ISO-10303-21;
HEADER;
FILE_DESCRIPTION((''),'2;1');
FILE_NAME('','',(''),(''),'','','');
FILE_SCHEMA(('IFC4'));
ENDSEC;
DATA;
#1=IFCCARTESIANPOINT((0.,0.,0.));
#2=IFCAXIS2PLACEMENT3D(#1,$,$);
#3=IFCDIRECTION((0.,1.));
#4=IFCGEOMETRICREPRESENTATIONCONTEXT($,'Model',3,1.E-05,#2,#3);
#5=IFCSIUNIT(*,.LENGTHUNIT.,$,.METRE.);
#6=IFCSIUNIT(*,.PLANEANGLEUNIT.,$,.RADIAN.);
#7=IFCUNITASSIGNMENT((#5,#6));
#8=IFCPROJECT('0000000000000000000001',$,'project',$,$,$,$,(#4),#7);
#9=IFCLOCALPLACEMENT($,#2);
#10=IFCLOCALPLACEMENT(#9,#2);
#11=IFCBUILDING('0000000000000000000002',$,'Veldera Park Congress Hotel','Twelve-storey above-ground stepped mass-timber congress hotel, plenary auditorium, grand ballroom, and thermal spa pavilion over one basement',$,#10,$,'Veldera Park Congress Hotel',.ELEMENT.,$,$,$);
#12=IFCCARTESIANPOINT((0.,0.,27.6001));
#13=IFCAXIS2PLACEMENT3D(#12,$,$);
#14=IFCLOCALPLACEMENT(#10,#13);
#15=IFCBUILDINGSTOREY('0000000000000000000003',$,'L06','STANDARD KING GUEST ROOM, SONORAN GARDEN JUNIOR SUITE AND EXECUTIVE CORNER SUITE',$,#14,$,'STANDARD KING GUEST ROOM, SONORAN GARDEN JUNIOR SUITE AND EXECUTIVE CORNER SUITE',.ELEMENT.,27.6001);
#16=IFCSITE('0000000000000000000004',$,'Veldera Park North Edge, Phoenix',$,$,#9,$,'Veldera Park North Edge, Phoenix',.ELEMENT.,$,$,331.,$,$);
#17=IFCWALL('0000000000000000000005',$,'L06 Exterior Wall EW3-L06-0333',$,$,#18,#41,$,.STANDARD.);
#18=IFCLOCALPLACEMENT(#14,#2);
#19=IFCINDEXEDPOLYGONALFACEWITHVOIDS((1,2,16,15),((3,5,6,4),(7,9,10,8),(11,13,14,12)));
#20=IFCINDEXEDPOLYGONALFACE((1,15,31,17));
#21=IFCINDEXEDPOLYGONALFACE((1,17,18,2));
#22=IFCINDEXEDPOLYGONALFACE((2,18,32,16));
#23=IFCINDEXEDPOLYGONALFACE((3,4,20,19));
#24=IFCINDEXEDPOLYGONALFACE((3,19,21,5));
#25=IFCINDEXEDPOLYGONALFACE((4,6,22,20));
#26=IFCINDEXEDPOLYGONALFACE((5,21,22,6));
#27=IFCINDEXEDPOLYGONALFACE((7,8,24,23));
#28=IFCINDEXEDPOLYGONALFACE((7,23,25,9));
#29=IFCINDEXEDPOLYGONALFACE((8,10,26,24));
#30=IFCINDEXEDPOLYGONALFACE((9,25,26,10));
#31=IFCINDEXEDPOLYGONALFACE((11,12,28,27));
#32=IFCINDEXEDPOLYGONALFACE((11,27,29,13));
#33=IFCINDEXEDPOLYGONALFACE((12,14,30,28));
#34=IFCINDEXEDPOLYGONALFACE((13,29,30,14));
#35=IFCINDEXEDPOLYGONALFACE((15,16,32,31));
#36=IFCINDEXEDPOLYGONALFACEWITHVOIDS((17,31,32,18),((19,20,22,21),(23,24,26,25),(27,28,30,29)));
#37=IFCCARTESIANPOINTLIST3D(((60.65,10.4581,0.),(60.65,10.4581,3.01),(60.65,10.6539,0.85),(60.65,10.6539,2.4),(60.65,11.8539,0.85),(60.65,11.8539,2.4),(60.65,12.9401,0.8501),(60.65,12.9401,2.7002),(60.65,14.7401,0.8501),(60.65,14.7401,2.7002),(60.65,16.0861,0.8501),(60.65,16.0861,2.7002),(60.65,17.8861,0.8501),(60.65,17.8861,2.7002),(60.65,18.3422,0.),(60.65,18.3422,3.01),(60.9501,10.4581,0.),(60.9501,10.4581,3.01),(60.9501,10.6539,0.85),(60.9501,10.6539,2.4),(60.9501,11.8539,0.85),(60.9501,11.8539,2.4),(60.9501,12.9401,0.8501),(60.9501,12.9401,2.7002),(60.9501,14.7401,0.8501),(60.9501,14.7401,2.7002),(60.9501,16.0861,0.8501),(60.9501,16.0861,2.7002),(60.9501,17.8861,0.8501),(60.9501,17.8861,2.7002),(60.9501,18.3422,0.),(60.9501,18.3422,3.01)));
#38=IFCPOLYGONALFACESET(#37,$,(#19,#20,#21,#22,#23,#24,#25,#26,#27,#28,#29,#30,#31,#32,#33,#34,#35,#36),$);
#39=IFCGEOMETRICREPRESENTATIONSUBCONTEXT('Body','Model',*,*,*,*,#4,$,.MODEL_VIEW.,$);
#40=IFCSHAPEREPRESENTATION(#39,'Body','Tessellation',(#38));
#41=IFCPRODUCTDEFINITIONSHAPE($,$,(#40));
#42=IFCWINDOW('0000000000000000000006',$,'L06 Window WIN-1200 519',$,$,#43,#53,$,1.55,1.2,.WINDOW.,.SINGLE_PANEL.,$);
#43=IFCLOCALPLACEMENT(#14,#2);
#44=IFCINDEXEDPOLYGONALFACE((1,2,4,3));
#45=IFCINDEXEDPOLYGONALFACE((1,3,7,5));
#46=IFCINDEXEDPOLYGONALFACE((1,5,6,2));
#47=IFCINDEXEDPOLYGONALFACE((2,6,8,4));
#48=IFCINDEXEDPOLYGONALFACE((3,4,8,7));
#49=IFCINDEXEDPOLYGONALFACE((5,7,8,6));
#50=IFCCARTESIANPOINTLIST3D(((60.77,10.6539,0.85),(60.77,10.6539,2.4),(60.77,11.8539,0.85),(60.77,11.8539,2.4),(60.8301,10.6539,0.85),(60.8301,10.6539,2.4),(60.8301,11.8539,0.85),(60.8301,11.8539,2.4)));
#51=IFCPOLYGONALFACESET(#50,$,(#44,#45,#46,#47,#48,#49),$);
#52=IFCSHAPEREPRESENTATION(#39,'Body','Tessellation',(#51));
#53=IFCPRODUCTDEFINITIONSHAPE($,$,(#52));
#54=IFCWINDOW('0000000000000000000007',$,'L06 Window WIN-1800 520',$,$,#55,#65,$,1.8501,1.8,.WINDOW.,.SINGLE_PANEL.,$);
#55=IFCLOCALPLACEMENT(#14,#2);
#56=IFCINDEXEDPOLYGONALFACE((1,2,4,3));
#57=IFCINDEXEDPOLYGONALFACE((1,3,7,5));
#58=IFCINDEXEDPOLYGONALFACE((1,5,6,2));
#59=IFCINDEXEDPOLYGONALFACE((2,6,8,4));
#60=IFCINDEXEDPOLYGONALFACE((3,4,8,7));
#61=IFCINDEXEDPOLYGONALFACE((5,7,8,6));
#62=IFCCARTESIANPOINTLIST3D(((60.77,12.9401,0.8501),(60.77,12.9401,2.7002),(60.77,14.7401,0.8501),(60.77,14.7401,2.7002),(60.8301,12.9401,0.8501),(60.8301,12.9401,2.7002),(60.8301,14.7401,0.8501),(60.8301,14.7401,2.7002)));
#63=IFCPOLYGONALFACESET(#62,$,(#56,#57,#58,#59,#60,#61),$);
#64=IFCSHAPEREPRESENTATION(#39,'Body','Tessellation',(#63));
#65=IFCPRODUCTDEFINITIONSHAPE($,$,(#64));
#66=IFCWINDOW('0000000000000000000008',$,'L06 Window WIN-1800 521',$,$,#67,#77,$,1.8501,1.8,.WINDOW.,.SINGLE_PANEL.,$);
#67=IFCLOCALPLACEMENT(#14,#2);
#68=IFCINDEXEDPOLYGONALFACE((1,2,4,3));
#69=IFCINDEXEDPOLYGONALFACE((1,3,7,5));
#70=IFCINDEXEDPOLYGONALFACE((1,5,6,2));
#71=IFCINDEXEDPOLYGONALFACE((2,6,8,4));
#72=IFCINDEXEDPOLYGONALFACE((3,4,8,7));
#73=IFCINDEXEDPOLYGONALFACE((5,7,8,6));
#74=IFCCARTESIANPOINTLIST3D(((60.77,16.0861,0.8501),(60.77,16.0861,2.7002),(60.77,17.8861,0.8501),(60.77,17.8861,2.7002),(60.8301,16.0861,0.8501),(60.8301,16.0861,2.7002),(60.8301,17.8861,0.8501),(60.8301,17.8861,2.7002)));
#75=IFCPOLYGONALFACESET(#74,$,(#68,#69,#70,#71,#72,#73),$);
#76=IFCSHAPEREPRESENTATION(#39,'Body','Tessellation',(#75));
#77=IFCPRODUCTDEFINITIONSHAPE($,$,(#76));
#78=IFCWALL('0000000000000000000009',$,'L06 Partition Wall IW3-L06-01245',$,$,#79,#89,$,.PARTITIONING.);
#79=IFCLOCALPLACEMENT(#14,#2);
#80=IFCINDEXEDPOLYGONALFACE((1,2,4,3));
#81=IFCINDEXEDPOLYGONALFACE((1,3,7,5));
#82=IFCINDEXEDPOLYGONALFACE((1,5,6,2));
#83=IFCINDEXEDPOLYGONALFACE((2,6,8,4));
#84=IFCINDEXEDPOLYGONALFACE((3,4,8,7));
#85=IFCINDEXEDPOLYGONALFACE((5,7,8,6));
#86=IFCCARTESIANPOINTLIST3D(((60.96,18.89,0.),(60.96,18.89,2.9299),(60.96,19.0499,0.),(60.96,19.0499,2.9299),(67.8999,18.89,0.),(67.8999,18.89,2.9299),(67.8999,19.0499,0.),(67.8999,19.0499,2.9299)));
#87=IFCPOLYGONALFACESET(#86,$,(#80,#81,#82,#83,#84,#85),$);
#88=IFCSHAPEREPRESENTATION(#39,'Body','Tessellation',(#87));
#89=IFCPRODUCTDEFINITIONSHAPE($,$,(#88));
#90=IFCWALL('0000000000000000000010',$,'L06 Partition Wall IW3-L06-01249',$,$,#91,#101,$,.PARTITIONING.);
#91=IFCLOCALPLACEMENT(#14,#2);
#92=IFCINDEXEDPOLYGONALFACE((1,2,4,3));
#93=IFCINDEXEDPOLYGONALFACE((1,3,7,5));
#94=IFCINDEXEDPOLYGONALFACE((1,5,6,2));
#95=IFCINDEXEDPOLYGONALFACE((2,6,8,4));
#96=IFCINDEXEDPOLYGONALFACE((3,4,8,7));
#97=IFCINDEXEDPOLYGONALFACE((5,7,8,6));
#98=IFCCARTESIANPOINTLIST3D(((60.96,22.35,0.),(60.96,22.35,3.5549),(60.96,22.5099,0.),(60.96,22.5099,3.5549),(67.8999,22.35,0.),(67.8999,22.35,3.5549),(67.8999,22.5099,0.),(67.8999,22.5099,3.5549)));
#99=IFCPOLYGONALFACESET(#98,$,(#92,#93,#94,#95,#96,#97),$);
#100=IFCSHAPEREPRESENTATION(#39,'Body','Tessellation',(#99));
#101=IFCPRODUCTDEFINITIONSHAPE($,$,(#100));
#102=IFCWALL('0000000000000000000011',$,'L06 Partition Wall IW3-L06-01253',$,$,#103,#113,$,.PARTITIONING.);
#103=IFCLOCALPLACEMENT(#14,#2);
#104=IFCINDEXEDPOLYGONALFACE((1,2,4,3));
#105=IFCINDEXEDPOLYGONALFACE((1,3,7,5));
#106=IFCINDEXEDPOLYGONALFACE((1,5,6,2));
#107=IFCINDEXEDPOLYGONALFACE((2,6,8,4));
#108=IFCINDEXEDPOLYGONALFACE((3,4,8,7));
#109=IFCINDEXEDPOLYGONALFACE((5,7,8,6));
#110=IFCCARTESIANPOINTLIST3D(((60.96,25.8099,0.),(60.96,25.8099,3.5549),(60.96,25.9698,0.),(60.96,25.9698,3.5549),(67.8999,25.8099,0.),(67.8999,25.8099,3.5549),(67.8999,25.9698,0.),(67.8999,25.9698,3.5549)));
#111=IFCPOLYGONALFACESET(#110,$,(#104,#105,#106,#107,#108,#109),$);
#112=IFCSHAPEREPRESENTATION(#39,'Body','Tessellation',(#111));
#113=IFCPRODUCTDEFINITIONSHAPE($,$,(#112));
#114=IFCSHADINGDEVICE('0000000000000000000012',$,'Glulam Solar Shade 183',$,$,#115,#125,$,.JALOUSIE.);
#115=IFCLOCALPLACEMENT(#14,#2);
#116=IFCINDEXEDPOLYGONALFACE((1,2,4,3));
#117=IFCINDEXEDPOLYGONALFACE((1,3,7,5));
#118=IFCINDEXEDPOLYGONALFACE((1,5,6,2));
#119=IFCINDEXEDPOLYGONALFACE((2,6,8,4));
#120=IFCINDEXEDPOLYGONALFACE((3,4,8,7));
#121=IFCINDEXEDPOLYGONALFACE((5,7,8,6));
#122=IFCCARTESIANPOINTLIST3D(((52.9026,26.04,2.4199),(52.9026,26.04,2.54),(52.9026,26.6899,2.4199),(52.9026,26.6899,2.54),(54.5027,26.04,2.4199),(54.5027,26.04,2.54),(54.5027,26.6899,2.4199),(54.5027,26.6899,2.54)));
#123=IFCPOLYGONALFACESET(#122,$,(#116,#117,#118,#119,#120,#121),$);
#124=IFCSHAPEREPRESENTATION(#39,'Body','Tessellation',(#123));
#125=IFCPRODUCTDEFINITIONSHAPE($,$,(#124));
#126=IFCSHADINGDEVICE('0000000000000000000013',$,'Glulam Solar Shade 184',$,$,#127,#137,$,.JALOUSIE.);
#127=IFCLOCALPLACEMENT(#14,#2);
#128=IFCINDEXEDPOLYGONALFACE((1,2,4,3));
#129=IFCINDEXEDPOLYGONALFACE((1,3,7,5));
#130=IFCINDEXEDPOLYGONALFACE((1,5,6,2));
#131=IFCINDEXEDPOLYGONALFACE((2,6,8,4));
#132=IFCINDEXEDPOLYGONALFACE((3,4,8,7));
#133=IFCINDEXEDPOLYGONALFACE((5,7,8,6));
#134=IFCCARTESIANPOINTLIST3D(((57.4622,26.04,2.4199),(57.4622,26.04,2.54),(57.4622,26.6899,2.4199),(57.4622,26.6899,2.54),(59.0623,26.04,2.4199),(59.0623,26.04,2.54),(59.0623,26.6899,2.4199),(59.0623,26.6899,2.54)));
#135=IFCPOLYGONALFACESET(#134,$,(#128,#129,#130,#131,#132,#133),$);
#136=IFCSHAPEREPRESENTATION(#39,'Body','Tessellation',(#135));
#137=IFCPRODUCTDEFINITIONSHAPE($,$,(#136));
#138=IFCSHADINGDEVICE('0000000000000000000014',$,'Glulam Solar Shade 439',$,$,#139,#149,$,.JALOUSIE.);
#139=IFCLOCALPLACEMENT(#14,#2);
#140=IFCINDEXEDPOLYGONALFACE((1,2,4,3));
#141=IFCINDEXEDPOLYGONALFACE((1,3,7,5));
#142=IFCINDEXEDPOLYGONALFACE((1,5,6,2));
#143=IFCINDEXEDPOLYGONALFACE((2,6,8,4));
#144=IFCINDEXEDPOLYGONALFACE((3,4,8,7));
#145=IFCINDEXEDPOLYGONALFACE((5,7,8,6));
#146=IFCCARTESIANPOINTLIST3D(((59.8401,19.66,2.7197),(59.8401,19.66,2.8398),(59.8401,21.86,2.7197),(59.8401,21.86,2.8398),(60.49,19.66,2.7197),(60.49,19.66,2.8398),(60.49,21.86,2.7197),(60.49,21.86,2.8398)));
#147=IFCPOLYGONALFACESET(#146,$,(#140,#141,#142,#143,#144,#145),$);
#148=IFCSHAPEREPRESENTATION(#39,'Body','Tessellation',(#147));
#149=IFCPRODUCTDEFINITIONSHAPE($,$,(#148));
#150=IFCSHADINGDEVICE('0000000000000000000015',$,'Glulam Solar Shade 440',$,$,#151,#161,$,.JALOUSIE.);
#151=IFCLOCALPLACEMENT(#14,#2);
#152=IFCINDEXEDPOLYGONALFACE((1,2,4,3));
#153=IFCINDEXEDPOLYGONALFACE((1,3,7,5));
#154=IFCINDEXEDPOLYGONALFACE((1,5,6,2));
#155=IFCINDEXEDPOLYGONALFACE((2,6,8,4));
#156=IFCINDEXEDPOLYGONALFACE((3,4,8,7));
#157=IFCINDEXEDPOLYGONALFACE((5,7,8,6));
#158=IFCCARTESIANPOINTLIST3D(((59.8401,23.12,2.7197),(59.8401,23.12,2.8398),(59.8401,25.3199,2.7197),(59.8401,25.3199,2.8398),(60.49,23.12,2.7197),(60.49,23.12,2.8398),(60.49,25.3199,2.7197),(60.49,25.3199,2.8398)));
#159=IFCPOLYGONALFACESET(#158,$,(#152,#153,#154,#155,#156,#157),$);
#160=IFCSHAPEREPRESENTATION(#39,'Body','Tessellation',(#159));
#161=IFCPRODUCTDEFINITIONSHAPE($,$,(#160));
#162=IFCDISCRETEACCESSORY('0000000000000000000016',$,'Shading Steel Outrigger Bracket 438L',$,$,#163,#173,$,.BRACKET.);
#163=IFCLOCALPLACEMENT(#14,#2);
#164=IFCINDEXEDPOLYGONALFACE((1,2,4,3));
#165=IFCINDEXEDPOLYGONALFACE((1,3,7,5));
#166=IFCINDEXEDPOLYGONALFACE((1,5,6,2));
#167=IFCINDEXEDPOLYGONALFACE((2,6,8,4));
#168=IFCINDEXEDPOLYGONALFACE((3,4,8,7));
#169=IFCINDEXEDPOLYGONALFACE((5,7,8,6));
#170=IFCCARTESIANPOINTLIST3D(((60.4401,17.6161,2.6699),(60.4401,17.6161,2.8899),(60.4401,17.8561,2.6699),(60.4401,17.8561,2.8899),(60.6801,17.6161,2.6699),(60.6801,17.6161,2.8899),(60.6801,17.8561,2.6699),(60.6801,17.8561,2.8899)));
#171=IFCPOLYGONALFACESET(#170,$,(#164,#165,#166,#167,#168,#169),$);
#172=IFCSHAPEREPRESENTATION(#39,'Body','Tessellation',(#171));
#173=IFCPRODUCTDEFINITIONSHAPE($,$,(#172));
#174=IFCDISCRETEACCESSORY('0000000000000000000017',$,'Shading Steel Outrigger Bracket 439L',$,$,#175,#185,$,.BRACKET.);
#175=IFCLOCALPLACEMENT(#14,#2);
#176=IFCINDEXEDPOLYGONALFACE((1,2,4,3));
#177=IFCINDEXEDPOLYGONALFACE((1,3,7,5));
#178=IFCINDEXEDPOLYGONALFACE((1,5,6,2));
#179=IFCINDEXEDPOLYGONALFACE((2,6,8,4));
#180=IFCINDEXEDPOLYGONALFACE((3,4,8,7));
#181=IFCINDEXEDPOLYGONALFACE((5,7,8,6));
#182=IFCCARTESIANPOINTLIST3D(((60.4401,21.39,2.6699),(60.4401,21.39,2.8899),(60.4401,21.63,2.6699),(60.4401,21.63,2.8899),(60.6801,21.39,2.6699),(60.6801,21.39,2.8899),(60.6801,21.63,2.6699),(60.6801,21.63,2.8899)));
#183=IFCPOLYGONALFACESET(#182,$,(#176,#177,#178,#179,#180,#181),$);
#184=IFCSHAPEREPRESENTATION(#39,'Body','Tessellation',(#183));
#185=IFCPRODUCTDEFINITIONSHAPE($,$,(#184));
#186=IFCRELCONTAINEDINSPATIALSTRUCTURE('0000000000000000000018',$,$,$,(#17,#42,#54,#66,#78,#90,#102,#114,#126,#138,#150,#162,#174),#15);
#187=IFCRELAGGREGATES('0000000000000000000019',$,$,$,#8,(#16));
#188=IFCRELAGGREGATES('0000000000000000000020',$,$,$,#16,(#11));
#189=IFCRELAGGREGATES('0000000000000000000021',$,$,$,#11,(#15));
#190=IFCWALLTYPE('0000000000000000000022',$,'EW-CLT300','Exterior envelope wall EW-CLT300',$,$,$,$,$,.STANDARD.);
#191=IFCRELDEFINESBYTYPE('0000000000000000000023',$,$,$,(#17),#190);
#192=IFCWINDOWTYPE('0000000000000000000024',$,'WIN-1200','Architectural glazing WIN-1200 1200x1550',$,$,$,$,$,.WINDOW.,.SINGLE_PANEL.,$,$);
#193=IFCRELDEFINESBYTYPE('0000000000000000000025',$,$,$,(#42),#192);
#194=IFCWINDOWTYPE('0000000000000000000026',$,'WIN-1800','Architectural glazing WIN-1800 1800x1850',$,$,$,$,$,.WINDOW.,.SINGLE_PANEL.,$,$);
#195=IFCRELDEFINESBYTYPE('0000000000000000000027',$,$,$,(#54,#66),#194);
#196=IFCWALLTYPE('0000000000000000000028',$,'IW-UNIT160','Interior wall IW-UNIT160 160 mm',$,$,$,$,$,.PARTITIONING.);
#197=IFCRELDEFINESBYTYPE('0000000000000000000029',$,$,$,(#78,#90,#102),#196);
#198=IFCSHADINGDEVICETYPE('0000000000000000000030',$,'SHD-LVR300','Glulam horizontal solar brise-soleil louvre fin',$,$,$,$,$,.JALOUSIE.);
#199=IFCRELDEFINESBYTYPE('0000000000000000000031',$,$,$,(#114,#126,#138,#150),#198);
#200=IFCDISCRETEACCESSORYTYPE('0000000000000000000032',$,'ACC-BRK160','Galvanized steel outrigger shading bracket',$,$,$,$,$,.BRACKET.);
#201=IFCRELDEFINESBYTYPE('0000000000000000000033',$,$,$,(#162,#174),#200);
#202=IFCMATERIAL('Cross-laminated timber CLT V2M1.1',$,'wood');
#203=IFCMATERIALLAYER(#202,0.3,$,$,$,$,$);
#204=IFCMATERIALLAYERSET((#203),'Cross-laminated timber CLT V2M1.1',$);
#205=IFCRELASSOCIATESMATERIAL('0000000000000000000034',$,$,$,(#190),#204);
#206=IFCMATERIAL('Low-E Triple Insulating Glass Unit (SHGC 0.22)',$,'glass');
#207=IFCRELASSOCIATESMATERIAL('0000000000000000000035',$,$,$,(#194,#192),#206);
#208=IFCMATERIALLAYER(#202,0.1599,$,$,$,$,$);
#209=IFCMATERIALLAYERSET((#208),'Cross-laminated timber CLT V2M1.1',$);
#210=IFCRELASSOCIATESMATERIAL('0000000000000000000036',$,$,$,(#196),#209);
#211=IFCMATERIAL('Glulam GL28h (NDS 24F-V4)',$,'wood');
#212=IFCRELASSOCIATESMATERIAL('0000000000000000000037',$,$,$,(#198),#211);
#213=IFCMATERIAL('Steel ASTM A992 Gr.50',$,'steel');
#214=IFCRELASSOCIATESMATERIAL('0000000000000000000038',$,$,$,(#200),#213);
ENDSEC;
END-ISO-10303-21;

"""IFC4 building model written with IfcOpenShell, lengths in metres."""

from ifc_helpers import new_model, si_unit, direction, frame, frame_2d, origin, origin_2d, place, context, subcontext, project, spatial, rectangle, extrude, material, layer, layer_set, type_object, element, fill, save


model = new_model("IFC4")

# Units and contexts
model_context = context("Model", 3, precision=1e-05, world=origin(), true_north=direction((0.0, 1.0)))
body_context = subcontext(model_context, "Body", "Model", "MODEL_VIEW")
ifc_project = project(units=[si_unit("LENGTHUNIT", "METRE"), si_unit("PLANEANGLEUNIT", "RADIAN")], contexts=[model_context])

# Site, building, storey
site_placement = place(None, origin())
site = spatial("IfcSite", under=ifc_project, at=site_placement, Name="Veldera Park North Edge, Phoenix", LongName="Veldera Park North Edge, Phoenix", CompositionType="ELEMENT", RefElevation=331.0)
building_placement = place(site_placement, origin())
building = spatial("IfcBuilding", under=site, at=building_placement, Name="Veldera Park Congress Hotel", Description="Twelve-storey above-ground stepped mass-timber congress hotel, plenary auditorium, grand ballroom, and thermal spa pavilion over one basement", LongName="Veldera Park Congress Hotel", CompositionType="ELEMENT")
storey_placement = place(building_placement, frame((0.0, 0.0, 27.6001)))
storey = spatial("IfcBuildingStorey", under=building, at=storey_placement, Name="L06", Description="STANDARD KING GUEST ROOM, SONORAN GARDEN JUNIOR SUITE AND EXECUTIVE CORNER SUITE", LongName="STANDARD KING GUEST ROOM, SONORAN GARDEN JUNIOR SUITE AND EXECUTIVE CORNER SUITE", CompositionType="ELEMENT", Elevation=27.6001)

# Shared definitions
ifc_material_1 = material(Name="Glulam GL28h (NDS 24F-V4)", Category="wood")

# Wall, openings, windows
ifc_material_2 = material(Name="Cross-laminated timber CLT V2M1.1", Category="wood")
ifc_layer_1 = layer(ifc_material_2, 0.3)
ifc_layer_set_1 = layer_set([ifc_layer_1], Name="Cross-laminated timber CLT V2M1.1")
wall_type_1 = type_object("IfcWallType", Name="EW-CLT300", Description="Exterior envelope wall EW-CLT300", PredefinedType="STANDARD", material=ifc_layer_set_1)
ifc_material_3 = material(Name="Low-E Triple Insulating Glass Unit (SHGC 0.22)", Category="glass")
window_type_1 = type_object("IfcWindowType", Name="WIN-1800", Description="Architectural glazing WIN-1800 1800x1850", PartitioningType="SINGLE_PANEL", PredefinedType="WINDOW", material=ifc_material_3)
wall_1_placement = place(storey_placement, frame((60.8, 18.342, 0.0), z_axis=(0.0, 0.0, 1.0), x_axis=(0.0, -1.0, 0.0)))
wall_1 = element("IfcWall", 1, at=wall_1_placement, inside=storey, type_object=wall_type_1, Name="L06 Exterior Wall EW3-L06-0333", PredefinedType="STANDARD", context=body_context, shape_type="SweptSolid", body=[
    extrude(rectangle(XDim=7.884, YDim=0.3, at=frame_2d((3.9419, 0.0))), origin(), (0.0, 0.0, 1.0), 3.01),
])
opening_1_placement = place(wall_1_placement, frame((6.488, 0.0, 0.8501)))
opening_1 = element("IfcOpeningElement", 2, at=opening_1_placement, cuts=wall_1, PredefinedType="OPENING", context=body_context, shape_type="SweptSolid", body=[
    extrude(rectangle(XDim=1.2, YDim=1.55, at=frame_2d((0.6001, 0.7749))), frame((0.0, 0.1621, 0.0), z_axis=(0.0, -1.0, 0.0), x_axis=(1.0, 0.0, 0.0)), (0.0, 0.0, 1.0), 0.324),
])
opening_2_placement = place(wall_1_placement, frame((3.6021, 0.0, 0.8501)))
opening_2 = element("IfcOpeningElement", 3, at=opening_2_placement, cuts=wall_1, PredefinedType="OPENING", context=body_context, shape_type="SweptSolid", body=[
    extrude(rectangle(XDim=1.8, YDim=1.8501, at=frame_2d((0.8999, 0.925))), frame((0.0, 0.1621, 0.0), z_axis=(0.0, -1.0, 0.0), x_axis=(1.0, 0.0, 0.0)), (0.0, 0.0, 1.0), 0.324),
])
opening_3_placement = place(wall_1_placement, frame((0.4561, 0.0, 0.8501)))
opening_3 = element("IfcOpeningElement", 4, at=opening_3_placement, cuts=wall_1, PredefinedType="OPENING", context=body_context, shape_type="SweptSolid", body=[
    extrude(rectangle(XDim=1.8, YDim=1.8501, at=frame_2d((0.8999, 0.925))), frame((0.0, 0.1621, 0.0), z_axis=(0.0, -1.0, 0.0), x_axis=(1.0, 0.0, 0.0)), (0.0, 0.0, 1.0), 0.324),
])
window_type_2 = type_object("IfcWindowType", Name="WIN-1200", Description="Architectural glazing WIN-1200 1200x1550", PartitioningType="SINGLE_PANEL", PredefinedType="WINDOW", material=ifc_material_3)
window_1_placement = place(opening_1_placement, origin())
window_1 = element("IfcWindow", 5, at=window_1_placement, inside=storey, type_object=window_type_2, Name="L06 Window WIN-1200 519", OverallHeight=1.55, OverallWidth=1.2, PartitioningType="SINGLE_PANEL", PredefinedType="WINDOW", context=body_context, shape_type="SweptSolid", body=[
    extrude(rectangle(XDim=1.2, YDim=1.55, at=frame_2d((0.6001, 0.7749))), frame((0.0, 0.03, 0.0), z_axis=(0.0, -1.0, 0.0), x_axis=(1.0, 0.0, 0.0)), (0.0, 0.0, 1.0), 0.0601),
])
fill(opening_1, window_1)
window_2_placement = place(opening_2_placement, origin())
window_2 = element("IfcWindow", 6, at=window_2_placement, inside=storey, type_object=window_type_1, Name="L06 Window WIN-1800 520", OverallHeight=1.8501, OverallWidth=1.8, PartitioningType="SINGLE_PANEL", PredefinedType="WINDOW", context=body_context, shape_type="SweptSolid", body=[
    extrude(rectangle(XDim=1.8, YDim=1.8501, at=frame_2d((0.8999, 0.925))), frame((0.0, 0.03, 0.0), z_axis=(0.0, -1.0, 0.0), x_axis=(1.0, 0.0, 0.0)), (0.0, 0.0, 1.0), 0.0601),
])
fill(opening_2, window_2)
window_3_placement = place(opening_3_placement, origin())
window_3 = element("IfcWindow", 7, at=window_3_placement, inside=storey, type_object=window_type_1, Name="L06 Window WIN-1800 521", OverallHeight=1.8501, OverallWidth=1.8, PartitioningType="SINGLE_PANEL", PredefinedType="WINDOW", context=body_context, shape_type="SweptSolid", body=[
    extrude(rectangle(XDim=1.8, YDim=1.8501, at=frame_2d((0.8999, 0.925))), frame((0.0, 0.03, 0.0), z_axis=(0.0, -1.0, 0.0), x_axis=(1.0, 0.0, 0.0)), (0.0, 0.0, 1.0), 0.0601),
])
fill(opening_3, window_3)

# Walls
ifc_layer_2 = layer(ifc_material_2, 0.1599)
ifc_layer_set_2 = layer_set([ifc_layer_2], Name="Cross-laminated timber CLT V2M1.1")
wall_type_2 = type_object("IfcWallType", Name="IW-UNIT160", Description="Interior wall IW-UNIT160 160 mm", PredefinedType="PARTITIONING", material=ifc_layer_set_2)
wall_2_placement = place(storey_placement, frame((60.96, 18.97, 0.0), z_axis=(0.0, 0.0, 1.0), x_axis=(1.0, 0.0, 0.0)))
element("IfcWall", 8, at=wall_2_placement, inside=storey, type_object=wall_type_2, Name="L06 Partition Wall IW3-L06-01245", PredefinedType="PARTITIONING", context=body_context, shape_type="SweptSolid", body=[
    extrude(rectangle(XDim=6.9399, YDim=0.1599, at=frame_2d((3.47, 0.0))), origin(), (0.0, 0.0, 1.0), 2.9299),
])
for number, where, z_axis, x_axis, name in (
    (9, (60.96, 22.4299, 0.0), (0.0, 0.0, 1.0), (1.0, 0.0, 0.0), "L06 Partition Wall IW3-L06-01249"),
    (10, (60.96, 25.8899, 0.0), (0.0, 0.0, 1.0), (1.0, 0.0, 0.0), "L06 Partition Wall IW3-L06-01253"),
):
    element("IfcWall", number, at=place(storey_placement, frame(where, z_axis=z_axis, x_axis=x_axis)), inside=storey, type_object=wall_type_2, Name=name, PredefinedType="PARTITIONING", context=body_context, shape_type="SweptSolid", body=[
        extrude(rectangle(XDim=6.9399, YDim=0.1599, at=frame_2d((3.47, 0.0))), origin(), (0.0, 0.0, 1.0), 3.5549),
    ])

# Shading devices
shading_device_type = type_object("IfcShadingDeviceType", Name="SHD-LVR300", Description="Glulam horizontal solar brise-soleil louvre fin", PredefinedType="JALOUSIE", material=ifc_material_1)
for number, where, z_axis, x_axis, name in (
    (11, (53.7026, 26.365, 2.4199), (0.0, 0.0, 1.0), (1.0, 0.0, 0.0), "Glulam Solar Shade 183"),
    (12, (58.2622, 26.365, 2.4199), (0.0, 0.0, 1.0), (1.0, 0.0, 0.0), "Glulam Solar Shade 184"),
):
    element("IfcShadingDevice", number, at=place(storey_placement, frame(where, z_axis=z_axis, x_axis=x_axis)), inside=storey, type_object=shading_device_type, Name=name, PredefinedType="JALOUSIE", context=body_context, shape_type="SweptSolid", body=[
        extrude(rectangle(XDim=1.6001, YDim=0.6499, at=origin_2d()), origin(), (0.0, 0.0, 1.0), 0.1201),
    ])
for number, where, z_axis, x_axis, name in (
    (13, (60.165, 20.76, 2.7197), (0.0, 0.0, 1.0), (0.0, -1.0, 0.0), "Glulam Solar Shade 439"),
    (14, (60.165, 24.22, 2.7197), (0.0, 0.0, 1.0), (0.0, -1.0, 0.0), "Glulam Solar Shade 440"),
):
    element("IfcShadingDevice", number, at=place(storey_placement, frame(where, z_axis=z_axis, x_axis=x_axis)), inside=storey, type_object=shading_device_type, Name=name, PredefinedType="JALOUSIE", context=body_context, shape_type="SweptSolid", body=[
        extrude(rectangle(XDim=2.2, YDim=0.6499, at=origin_2d()), origin(), (0.0, 0.0, 1.0), 0.1201),
    ])

# Discrete accessories
ifc_material_4 = material(Name="Steel ASTM A992 Gr.50", Category="steel")
discrete_accessory_type = type_object("IfcDiscreteAccessoryType", Name="ACC-BRK160", Description="Galvanized steel outrigger shading bracket", PredefinedType="BRACKET", material=ifc_material_4)
for number, where, z_axis, x_axis, name in (
    (15, (60.5601, 17.7361, 2.6699), (0.0, 0.0, 1.0), (0.0, -1.0, 0.0), "Shading Steel Outrigger Bracket 438L"),
    (16, (60.5601, 21.51, 2.6699), (0.0, 0.0, 1.0), (0.0, -1.0, 0.0), "Shading Steel Outrigger Bracket 439L"),
):
    element("IfcDiscreteAccessory", number, at=place(storey_placement, frame(where, z_axis=z_axis, x_axis=x_axis)), inside=storey, type_object=discrete_accessory_type, Name=name, PredefinedType="BRACKET", context=body_context, shape_type="SweptSolid", body=[
        extrude(rectangle(XDim=0.24, YDim=0.24, at=origin_2d()), origin(), (0.0, 0.0, 1.0), 0.22),
    ])

save(model, "model.ifc")
